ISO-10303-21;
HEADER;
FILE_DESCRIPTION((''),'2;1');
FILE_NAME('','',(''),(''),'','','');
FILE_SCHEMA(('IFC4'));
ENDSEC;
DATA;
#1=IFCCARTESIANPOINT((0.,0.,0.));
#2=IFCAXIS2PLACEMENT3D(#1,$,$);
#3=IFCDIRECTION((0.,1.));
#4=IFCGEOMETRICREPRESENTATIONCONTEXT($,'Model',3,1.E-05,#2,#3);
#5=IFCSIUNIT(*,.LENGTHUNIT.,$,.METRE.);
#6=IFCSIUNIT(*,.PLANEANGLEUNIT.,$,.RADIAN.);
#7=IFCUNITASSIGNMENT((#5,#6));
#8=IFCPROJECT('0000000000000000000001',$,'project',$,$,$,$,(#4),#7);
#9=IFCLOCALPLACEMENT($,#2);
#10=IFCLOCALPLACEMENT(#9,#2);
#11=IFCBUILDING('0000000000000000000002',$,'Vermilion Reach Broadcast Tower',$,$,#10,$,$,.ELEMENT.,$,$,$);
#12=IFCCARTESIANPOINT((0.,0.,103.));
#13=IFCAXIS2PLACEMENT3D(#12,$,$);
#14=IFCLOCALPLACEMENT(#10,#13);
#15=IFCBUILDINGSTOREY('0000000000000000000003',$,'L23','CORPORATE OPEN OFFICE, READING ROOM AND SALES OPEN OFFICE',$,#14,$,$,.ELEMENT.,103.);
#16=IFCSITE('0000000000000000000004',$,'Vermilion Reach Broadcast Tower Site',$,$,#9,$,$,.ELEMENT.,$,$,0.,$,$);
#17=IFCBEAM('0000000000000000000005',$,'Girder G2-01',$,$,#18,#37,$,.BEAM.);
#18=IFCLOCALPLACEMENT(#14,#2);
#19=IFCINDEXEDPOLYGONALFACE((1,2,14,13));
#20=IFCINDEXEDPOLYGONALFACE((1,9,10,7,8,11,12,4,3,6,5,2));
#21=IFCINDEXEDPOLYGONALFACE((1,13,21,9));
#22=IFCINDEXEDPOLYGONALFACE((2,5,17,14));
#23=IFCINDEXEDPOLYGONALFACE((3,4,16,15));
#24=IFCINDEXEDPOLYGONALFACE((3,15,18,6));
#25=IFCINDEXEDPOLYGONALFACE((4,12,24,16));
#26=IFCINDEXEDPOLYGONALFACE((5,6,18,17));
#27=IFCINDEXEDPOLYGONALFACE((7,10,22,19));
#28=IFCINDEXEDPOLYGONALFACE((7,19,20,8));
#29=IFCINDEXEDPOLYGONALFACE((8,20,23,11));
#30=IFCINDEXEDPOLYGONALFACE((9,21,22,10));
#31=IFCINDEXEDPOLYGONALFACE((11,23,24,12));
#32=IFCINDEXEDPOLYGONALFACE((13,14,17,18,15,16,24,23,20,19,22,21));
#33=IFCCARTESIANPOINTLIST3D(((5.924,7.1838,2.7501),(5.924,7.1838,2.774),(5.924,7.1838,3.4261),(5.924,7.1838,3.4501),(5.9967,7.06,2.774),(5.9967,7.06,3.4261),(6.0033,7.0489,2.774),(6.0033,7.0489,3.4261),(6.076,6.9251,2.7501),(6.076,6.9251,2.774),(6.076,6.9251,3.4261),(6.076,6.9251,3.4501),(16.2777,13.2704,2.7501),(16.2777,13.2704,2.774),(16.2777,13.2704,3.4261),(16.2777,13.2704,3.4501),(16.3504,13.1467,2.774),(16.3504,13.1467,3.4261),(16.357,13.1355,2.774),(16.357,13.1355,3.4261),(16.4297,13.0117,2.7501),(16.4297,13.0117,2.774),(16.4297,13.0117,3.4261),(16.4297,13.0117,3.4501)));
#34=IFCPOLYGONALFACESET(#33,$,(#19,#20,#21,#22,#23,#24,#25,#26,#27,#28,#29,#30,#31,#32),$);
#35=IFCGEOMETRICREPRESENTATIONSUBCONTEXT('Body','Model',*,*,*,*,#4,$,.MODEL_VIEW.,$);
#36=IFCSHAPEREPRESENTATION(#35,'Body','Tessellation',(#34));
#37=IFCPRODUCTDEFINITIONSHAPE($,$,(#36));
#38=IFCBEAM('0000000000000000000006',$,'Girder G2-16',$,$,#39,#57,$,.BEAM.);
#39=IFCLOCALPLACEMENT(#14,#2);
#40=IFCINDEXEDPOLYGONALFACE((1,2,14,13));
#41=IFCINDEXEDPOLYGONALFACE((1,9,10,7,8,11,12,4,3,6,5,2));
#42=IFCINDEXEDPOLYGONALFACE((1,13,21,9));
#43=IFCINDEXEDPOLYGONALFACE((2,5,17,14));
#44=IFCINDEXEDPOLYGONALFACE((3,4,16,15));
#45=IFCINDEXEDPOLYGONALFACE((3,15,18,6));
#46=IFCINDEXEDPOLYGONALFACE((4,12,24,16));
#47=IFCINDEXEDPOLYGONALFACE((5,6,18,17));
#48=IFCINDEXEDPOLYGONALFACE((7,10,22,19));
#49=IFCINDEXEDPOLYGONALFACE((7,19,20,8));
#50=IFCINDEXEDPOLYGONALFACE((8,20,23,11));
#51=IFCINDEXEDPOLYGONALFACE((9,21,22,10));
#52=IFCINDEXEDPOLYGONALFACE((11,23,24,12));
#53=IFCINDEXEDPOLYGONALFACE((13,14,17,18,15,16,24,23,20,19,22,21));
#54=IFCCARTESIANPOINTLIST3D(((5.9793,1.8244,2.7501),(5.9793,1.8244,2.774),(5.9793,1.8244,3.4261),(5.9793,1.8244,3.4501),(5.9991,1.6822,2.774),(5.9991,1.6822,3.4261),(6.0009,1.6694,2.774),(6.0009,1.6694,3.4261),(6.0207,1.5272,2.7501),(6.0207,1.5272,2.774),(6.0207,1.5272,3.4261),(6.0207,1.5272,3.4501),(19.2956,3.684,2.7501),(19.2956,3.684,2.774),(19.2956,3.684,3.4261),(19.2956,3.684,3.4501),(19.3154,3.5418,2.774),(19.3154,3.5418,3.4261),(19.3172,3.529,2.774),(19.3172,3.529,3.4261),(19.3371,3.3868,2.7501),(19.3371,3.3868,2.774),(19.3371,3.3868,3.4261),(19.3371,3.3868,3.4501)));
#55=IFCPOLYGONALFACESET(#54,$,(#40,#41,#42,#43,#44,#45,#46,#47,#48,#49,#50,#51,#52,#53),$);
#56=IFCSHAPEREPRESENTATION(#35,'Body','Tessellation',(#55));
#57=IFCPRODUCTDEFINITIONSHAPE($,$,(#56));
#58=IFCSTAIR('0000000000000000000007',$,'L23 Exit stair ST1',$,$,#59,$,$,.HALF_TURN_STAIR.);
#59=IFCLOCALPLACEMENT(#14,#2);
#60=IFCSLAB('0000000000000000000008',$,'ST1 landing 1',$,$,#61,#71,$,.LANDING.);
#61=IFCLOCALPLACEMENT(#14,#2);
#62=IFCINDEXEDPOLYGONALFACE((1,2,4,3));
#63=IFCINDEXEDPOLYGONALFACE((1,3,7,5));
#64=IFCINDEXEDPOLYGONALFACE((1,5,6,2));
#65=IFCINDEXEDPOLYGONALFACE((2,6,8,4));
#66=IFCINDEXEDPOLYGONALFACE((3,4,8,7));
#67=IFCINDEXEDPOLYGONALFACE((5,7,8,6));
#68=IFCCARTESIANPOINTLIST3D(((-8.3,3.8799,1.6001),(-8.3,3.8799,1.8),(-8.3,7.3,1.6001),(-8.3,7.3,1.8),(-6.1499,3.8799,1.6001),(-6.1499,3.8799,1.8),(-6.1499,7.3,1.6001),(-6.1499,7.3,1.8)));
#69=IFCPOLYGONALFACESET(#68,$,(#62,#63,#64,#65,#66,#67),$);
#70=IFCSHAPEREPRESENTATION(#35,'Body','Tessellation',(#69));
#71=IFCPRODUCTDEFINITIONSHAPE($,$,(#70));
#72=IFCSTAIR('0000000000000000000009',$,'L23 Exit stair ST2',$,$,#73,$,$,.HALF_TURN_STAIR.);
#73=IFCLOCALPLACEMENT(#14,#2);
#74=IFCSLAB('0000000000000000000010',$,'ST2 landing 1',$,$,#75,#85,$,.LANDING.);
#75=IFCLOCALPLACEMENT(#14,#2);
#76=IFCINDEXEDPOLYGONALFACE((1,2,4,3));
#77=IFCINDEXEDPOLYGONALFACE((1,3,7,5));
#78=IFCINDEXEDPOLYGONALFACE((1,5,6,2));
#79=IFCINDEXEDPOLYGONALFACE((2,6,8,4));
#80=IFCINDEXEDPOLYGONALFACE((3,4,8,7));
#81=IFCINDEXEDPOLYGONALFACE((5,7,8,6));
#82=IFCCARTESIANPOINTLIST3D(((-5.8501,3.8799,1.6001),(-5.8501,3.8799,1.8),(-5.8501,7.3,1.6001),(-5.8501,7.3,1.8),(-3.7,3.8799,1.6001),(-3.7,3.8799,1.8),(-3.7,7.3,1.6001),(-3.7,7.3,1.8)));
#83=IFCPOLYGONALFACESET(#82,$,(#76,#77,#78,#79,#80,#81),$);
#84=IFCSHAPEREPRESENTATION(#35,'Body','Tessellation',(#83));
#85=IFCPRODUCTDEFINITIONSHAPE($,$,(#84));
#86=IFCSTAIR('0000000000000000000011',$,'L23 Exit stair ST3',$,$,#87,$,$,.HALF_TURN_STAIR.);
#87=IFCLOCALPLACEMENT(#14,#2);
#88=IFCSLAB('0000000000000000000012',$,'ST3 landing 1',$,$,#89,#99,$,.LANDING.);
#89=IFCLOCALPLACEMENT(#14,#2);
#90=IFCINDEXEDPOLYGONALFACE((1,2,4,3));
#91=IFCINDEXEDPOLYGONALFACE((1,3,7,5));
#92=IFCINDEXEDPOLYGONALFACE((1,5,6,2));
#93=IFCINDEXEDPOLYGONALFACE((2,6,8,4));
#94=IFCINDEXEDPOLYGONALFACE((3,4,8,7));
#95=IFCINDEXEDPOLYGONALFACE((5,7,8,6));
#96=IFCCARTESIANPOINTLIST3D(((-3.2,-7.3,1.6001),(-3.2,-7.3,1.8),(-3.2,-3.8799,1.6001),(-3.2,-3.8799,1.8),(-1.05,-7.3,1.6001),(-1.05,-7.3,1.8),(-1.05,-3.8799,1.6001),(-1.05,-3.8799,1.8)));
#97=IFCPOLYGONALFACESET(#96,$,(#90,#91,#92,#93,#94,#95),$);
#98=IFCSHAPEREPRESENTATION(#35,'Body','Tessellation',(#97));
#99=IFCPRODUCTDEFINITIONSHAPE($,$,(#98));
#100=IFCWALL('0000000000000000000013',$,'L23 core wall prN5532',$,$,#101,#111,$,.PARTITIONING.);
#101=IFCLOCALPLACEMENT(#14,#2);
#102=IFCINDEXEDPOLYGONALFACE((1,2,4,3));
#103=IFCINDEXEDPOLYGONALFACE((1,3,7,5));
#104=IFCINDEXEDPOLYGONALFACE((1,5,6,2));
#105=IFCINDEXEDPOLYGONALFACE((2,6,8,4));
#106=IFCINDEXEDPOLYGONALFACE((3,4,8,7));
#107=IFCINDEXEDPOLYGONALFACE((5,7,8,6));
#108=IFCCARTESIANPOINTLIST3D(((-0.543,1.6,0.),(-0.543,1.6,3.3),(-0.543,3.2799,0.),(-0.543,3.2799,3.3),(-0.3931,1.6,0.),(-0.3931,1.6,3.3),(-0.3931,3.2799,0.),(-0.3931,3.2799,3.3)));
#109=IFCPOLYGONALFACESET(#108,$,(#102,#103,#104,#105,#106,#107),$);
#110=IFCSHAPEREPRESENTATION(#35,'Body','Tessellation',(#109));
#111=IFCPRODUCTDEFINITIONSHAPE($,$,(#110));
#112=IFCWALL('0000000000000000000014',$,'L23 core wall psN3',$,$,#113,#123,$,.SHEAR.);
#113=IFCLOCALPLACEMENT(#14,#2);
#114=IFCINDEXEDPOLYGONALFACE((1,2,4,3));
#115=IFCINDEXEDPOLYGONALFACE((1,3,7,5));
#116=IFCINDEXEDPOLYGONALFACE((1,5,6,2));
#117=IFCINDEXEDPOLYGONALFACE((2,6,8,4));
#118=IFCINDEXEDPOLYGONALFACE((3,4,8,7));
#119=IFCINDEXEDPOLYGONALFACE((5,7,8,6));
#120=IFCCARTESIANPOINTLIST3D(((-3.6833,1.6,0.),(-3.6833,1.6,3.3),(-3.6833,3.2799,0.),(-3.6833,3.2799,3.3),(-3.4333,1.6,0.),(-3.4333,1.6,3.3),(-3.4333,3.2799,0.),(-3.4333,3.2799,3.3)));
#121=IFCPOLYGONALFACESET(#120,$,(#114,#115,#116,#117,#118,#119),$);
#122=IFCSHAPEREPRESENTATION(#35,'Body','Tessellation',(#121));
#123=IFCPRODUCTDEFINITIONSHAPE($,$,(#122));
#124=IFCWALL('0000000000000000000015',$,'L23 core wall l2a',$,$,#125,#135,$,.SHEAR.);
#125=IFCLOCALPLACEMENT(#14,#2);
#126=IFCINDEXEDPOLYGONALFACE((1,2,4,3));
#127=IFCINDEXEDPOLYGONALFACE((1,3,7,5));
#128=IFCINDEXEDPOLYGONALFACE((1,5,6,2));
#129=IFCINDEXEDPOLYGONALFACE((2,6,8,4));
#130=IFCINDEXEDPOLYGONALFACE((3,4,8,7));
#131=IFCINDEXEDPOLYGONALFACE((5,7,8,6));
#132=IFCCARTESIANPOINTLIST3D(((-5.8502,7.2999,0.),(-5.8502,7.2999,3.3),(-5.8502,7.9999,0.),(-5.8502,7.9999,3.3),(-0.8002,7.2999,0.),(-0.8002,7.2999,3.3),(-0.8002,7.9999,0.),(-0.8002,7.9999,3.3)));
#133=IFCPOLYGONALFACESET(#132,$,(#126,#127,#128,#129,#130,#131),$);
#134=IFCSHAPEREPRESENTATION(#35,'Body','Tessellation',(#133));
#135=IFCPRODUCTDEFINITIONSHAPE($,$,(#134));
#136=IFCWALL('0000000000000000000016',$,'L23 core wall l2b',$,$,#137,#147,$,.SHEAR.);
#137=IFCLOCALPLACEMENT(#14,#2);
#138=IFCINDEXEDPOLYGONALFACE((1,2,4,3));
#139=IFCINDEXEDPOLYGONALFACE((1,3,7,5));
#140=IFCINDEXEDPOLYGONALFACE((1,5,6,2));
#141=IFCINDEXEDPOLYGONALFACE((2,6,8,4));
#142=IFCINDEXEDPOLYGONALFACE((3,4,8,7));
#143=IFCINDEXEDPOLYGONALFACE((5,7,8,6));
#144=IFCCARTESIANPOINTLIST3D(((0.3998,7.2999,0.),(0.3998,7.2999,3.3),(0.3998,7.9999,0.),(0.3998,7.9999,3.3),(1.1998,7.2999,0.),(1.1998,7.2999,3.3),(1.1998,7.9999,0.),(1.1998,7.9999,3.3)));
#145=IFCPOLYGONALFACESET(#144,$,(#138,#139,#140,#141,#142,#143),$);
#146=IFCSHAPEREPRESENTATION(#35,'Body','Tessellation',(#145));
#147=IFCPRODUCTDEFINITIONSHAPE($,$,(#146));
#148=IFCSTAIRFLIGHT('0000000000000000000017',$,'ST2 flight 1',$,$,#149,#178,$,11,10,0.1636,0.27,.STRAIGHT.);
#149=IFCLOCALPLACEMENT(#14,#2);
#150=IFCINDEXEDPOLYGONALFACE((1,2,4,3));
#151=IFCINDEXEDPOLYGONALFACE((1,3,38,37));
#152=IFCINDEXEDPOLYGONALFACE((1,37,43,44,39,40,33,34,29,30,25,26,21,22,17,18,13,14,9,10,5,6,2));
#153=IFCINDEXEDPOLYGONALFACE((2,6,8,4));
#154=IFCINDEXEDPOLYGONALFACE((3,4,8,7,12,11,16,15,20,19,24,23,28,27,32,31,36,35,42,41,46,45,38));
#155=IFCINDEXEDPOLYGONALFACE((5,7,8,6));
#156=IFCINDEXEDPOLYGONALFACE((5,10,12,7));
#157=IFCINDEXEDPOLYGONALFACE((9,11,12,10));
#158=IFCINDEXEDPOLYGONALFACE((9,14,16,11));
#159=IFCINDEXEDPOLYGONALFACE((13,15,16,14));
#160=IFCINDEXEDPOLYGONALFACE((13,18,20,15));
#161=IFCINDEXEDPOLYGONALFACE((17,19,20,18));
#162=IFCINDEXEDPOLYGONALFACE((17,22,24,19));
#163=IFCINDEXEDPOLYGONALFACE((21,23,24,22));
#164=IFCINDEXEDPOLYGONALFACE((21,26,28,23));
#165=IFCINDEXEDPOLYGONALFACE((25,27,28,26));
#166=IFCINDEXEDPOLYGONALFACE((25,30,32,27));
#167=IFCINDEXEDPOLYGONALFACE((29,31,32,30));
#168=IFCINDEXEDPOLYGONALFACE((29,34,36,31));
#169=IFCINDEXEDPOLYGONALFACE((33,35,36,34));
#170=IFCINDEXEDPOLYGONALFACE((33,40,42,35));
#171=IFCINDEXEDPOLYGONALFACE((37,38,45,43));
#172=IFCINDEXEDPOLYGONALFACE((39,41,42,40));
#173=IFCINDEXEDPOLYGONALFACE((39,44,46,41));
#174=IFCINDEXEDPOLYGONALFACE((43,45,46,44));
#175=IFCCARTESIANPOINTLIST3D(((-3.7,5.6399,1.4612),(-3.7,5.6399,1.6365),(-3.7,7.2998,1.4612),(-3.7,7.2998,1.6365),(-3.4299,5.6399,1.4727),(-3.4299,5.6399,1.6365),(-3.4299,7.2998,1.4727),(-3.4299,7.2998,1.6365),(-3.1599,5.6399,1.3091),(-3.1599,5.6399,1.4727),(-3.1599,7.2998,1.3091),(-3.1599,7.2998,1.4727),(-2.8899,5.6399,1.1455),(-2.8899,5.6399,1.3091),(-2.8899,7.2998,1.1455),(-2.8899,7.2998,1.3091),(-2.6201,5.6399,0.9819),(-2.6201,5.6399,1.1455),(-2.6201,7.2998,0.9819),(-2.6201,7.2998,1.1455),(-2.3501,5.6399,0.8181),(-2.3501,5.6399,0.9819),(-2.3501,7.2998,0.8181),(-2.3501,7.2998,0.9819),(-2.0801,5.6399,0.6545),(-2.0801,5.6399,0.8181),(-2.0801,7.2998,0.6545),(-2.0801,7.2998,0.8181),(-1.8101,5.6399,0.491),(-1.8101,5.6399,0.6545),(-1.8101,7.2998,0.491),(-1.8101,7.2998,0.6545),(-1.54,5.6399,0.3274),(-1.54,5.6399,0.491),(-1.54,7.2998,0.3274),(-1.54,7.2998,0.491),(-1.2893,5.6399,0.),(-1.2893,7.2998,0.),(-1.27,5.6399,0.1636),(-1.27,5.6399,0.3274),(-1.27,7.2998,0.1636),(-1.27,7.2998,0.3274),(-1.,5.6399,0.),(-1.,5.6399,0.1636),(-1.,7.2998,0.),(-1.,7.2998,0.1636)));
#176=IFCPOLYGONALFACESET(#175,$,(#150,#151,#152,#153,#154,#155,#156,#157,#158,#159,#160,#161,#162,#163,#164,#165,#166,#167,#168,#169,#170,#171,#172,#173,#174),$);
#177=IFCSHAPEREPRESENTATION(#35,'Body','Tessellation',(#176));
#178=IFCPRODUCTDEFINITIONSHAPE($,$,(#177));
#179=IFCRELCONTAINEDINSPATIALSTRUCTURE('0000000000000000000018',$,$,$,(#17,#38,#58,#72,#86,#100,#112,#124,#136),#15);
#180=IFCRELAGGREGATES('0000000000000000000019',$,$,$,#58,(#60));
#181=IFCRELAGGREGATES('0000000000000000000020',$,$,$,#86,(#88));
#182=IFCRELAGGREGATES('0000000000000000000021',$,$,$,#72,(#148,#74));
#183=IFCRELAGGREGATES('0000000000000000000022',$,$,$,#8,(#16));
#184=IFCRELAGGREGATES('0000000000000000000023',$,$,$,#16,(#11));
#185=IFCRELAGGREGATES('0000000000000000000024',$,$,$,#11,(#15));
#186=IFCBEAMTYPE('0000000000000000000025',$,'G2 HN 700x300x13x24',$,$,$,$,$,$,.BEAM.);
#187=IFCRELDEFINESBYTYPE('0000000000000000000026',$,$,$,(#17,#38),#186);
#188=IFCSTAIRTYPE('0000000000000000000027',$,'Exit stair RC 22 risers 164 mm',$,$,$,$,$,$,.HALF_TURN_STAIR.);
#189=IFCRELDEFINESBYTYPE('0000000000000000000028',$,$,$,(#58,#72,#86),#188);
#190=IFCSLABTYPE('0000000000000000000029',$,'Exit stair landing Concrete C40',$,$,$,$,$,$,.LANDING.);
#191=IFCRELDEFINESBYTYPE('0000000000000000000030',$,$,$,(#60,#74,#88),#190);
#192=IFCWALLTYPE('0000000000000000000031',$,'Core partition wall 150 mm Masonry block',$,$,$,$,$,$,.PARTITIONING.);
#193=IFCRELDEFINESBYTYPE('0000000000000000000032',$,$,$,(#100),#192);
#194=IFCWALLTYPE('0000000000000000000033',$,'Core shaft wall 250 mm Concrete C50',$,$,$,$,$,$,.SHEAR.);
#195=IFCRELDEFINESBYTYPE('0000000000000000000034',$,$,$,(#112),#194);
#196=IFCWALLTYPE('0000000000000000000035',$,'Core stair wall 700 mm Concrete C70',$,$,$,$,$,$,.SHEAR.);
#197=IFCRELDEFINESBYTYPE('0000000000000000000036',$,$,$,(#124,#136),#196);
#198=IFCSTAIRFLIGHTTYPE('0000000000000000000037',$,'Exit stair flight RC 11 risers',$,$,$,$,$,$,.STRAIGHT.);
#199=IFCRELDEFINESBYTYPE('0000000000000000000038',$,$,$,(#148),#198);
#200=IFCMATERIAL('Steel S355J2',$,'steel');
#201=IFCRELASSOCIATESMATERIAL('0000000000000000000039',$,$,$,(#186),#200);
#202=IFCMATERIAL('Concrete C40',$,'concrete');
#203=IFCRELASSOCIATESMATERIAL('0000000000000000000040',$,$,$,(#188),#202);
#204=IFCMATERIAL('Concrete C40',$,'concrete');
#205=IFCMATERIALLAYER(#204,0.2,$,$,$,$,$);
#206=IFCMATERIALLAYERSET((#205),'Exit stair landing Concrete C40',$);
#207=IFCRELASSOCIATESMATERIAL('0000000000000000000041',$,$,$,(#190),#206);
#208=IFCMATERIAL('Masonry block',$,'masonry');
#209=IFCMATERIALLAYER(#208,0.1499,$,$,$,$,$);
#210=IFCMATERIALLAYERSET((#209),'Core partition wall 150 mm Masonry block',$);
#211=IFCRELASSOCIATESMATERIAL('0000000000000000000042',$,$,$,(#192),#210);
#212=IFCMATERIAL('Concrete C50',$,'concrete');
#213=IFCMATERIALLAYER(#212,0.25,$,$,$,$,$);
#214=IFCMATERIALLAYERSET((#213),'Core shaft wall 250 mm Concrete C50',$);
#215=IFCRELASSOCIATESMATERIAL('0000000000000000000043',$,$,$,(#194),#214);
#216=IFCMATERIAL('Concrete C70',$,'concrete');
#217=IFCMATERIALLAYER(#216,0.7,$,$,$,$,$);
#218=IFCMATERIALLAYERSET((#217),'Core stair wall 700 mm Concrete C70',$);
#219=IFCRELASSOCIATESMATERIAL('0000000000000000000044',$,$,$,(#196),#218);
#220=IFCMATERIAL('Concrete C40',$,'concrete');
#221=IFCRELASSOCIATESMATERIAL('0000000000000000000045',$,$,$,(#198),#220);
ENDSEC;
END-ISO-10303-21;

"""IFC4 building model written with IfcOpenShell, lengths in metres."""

from ifc_helpers import new_model, si_unit, direction, frame, frame_2d, origin, origin_2d, place, context, subcontext, project, spatial, polyline, rectangle, i_section, outline, extrude, material, layer, layer_set, material_profile, profile_set, type_object, element, aggregate, save


model = new_model("IFC4")

# Units and contexts
model_context = context("Model", 3, precision=1e-05, world=origin(), true_north=direction((0.0, 1.0)))
body_context = subcontext(model_context, "Body", "Model", "MODEL_VIEW")
ifc_project = project(units=[si_unit("LENGTHUNIT", "METRE"), si_unit("PLANEANGLEUNIT", "RADIAN")], contexts=[model_context])

# Site, building, storey
site_placement = place(None, origin())
site = spatial("IfcSite", under=ifc_project, at=site_placement, Name="Vermilion Reach Broadcast Tower Site", CompositionType="ELEMENT", RefElevation=0.0)
building_placement = place(site_placement, origin())
building = spatial("IfcBuilding", under=site, at=building_placement, Name="Vermilion Reach Broadcast Tower", CompositionType="ELEMENT")
storey_placement = place(building_placement, frame((0.0, 0.0, 103.0)))
storey = spatial("IfcBuildingStorey", under=building, at=storey_placement, Name="L23", Description="CORPORATE OPEN OFFICE, READING ROOM AND SALES OPEN OFFICE", CompositionType="ELEMENT", Elevation=103.0)

# Beams
ifc_material_1 = material(Name="Steel S355J2", Category="steel")
ifc_material_profile = material_profile(ifc_material_1, i_section(OverallWidth=0.3, OverallDepth=0.7, WebThickness=0.0129, FlangeThickness=0.0239, at=origin_2d()), Name="S355J2 HN 700x300x13x24")
ifc_profile_set = profile_set([ifc_material_profile], Name="Steel S355J2")
beam_type = type_object("IfcBeamType", Name="G2 HN 700x300x13x24", PredefinedType="BEAM", material=ifc_profile_set)
beam_1_placement = place(storey_placement, frame((6.0, 7.0544, 3.1001), z_axis=(0.862072, 0.506786, 0.0), x_axis=(-0.506786, 0.862072, 0.0)))
element("IfcBeam", 1, at=beam_1_placement, inside=storey, type_object=beam_type, Name="Girder G2-01", PredefinedType="BEAM", context=body_context, shape_type="SweptSolid", body=[
    extrude(i_section(OverallWidth=0.3, OverallDepth=0.7, WebThickness=0.0129, FlangeThickness=0.0239, at=origin_2d()), origin(), (0.0, 0.0, 1.0), 12.0103),
])
beam_2_placement = place(storey_placement, frame((6.0, 1.6758, 3.1001), z_axis=(0.990389, 0.138307, 0.0), x_axis=(-0.138307, 0.990389, 0.0)))
element("IfcBeam", 2, at=beam_2_placement, inside=storey, type_object=beam_type, Name="Girder G2-16", PredefinedType="BEAM", context=body_context, shape_type="SweptSolid", body=[
    extrude(i_section(OverallWidth=0.3, OverallDepth=0.7, WebThickness=0.0129, FlangeThickness=0.0239, at=origin_2d()), origin(), (0.0, 0.0, 1.0), 13.4456),
])

# Stairs, slabs
ifc_material_2 = material(Name="Concrete C40", Category="concrete")
stair_type = type_object("IfcStairType", Name="Exit stair RC 22 risers 164 mm", PredefinedType="HALF_TURN_STAIR", material=ifc_material_2)
placement_1 = place(storey_placement, origin())
stair_1 = element("IfcStair", 3, at=placement_1, inside=storey, type_object=stair_type, Name="L23 Exit stair ST1", PredefinedType="HALF_TURN_STAIR")
ifc_material_3 = material(Name="Concrete C40", Category="concrete")
ifc_layer_1 = layer(ifc_material_3, 0.2)
ifc_layer_set_1 = layer_set([ifc_layer_1], Name="Exit stair landing Concrete C40")
slab_type = type_object("IfcSlabType", Name="Exit stair landing Concrete C40", PredefinedType="LANDING", material=ifc_layer_set_1)
placement_2 = place(storey_placement, frame((0.0, 0.0, 1.6001)))
slab_1 = element("IfcSlab", 4, at=placement_2, type_object=slab_type, Name="ST1 landing 1", PredefinedType="LANDING", context=body_context, shape_type="SweptSolid", body=[
    extrude(outline(polyline([(-8.3, 3.8799), (-6.1499, 3.8799), (-6.1499, 7.3), (-8.3, 7.3), (-8.3, 3.8799)])), origin(), (0.0, 0.0, 1.0), 0.2),
])
aggregate(stair_1, [slab_1])
stair_2 = element("IfcStair", 5, at=placement_1, inside=storey, type_object=stair_type, Name="L23 Exit stair ST2", PredefinedType="HALF_TURN_STAIR")
slab_2 = element("IfcSlab", 6, at=placement_2, type_object=slab_type, Name="ST2 landing 1", PredefinedType="LANDING", context=body_context, shape_type="SweptSolid", body=[
    extrude(outline(polyline([(-3.7, 7.3), (-5.8501, 7.3), (-5.8501, 3.8799), (-3.7, 3.8799), (-3.7, 7.3)])), origin(), (0.0, 0.0, 1.0), 0.2),
])
stair_3 = element("IfcStair", 7, at=placement_1, inside=storey, type_object=stair_type, Name="L23 Exit stair ST3", PredefinedType="HALF_TURN_STAIR")
slab_3 = element("IfcSlab", 8, at=placement_2, type_object=slab_type, Name="ST3 landing 1", PredefinedType="LANDING", context=body_context, shape_type="SweptSolid", body=[
    extrude(outline(polyline([(-3.2, -7.3), (-1.05, -7.3), (-1.05, -3.8799), (-3.2, -3.8799), (-3.2, -7.3)])), origin(), (0.0, 0.0, 1.0), 0.2),
])
aggregate(stair_3, [slab_3])

# Walls
ifc_material_4 = material(Name="Masonry block", Category="masonry")
ifc_layer_2 = layer(ifc_material_4, 0.1499)
ifc_layer_set_2 = layer_set([ifc_layer_2], Name="Core partition wall 150 mm Masonry block")
wall_type_1 = type_object("IfcWallType", Name="Core partition wall 150 mm Masonry block", PredefinedType="PARTITIONING", material=ifc_layer_set_2)
wall_1_placement = place(storey_placement, frame((-0.468, 1.6001, 0.0), z_axis=(0.0, 0.0, 1.0), x_axis=(0.0, 1.0, 0.0)))
element("IfcWall", 9, at=wall_1_placement, inside=storey, type_object=wall_type_1, Name="L23 core wall prN5532", PredefinedType="PARTITIONING", context=body_context, shape_type="SweptSolid", body=[
    extrude(rectangle(XDim=1.6799, YDim=0.1499, at=frame_2d((0.8398, 0.0))), origin(), (0.0, 0.0, 1.0), 3.3),
])
ifc_material_5 = material(Name="Concrete C50", Category="concrete")
ifc_layer_3 = layer(ifc_material_5, 0.25)
ifc_layer_set_3 = layer_set([ifc_layer_3], Name="Core shaft wall 250 mm Concrete C50")
wall_type_2 = type_object("IfcWallType", Name="Core shaft wall 250 mm Concrete C50", PredefinedType="SHEAR", material=ifc_layer_set_3)
wall_2_placement = place(storey_placement, frame((-3.5583, 1.6001, 0.0), z_axis=(0.0, 0.0, 1.0), x_axis=(0.0, 1.0, 0.0)))
element("IfcWall", 10, at=wall_2_placement, inside=storey, type_object=wall_type_2, Name="L23 core wall psN3", PredefinedType="SHEAR", context=body_context, shape_type="SweptSolid", body=[
    extrude(rectangle(XDim=1.6799, YDim=0.25, at=frame_2d((0.8398, 0.0))), origin(), (0.0, 0.0, 1.0), 3.3),
])
ifc_material_6 = material(Name="Concrete C70", Category="concrete")
ifc_layer_4 = layer(ifc_material_6, 0.7)
ifc_layer_set_4 = layer_set([ifc_layer_4], Name="Core stair wall 700 mm Concrete C70")
wall_type_3 = type_object("IfcWallType", Name="Core stair wall 700 mm Concrete C70", PredefinedType="SHEAR", material=ifc_layer_set_4)
wall_3_placement = place(storey_placement, frame((-5.8501, 7.6499, 0.0), z_axis=(0.0, 0.0, 1.0), x_axis=(1.0, 0.0, 0.0)))
element("IfcWall", 11, at=wall_3_placement, inside=storey, type_object=wall_type_3, Name="L23 core wall l2a", PredefinedType="SHEAR", context=body_context, shape_type="SweptSolid", body=[
    extrude(rectangle(XDim=5.05, YDim=0.7, at=frame_2d((2.5249, 0.0))), origin(), (0.0, 0.0, 1.0), 3.3),
])
wall_4_placement = place(storey_placement, frame((0.3999, 7.6499, 0.0), z_axis=(0.0, 0.0, 1.0), x_axis=(1.0, 0.0, 0.0)))
element("IfcWall", 12, at=wall_4_placement, inside=storey, type_object=wall_type_3, Name="L23 core wall l2b", PredefinedType="SHEAR", context=body_context, shape_type="SweptSolid", body=[
    extrude(rectangle(XDim=0.8, YDim=0.7, at=frame_2d((0.3999, 0.0))), origin(), (0.0, 0.0, 1.0), 3.3),
])

# Stair flight
ifc_material_7 = material(Name="Concrete C40", Category="concrete")
stair_flight_type = type_object("IfcStairFlightType", Name="Exit stair flight RC 11 risers", PredefinedType="STRAIGHT", material=ifc_material_7)
stair_flight_1_placement = place(storey_placement, frame((-1.0, 6.47, 0.0), z_axis=(0.0, 0.0, 1.0), x_axis=(-1.0, 0.0, 0.0)))
stair_flight_1 = element("IfcStairFlight", 13, at=stair_flight_1_placement, type_object=stair_flight_type, Name="ST2 flight 1", NumberOfRisers=11, NumberOfTreads=10, PredefinedType="STRAIGHT", RiserHeight=0.1636, TreadLength=0.27, context=body_context, shape_type="SweptSolid", body=[
    extrude(outline(polyline([(0.0, 0.0), (0.0, 0.1636), (0.27, 0.1636), (0.27, 0.3274), (0.54, 0.3274), (0.54, 0.491), (0.8101, 0.491), (0.8101, 0.6545), (1.0801, 0.6545), (1.0801, 0.8181), (1.3501, 0.8181), (1.3501, 0.9819), (1.6201, 0.9819), (1.6201, 1.1455), (1.8899, 1.1455), (1.8899, 1.3091), (2.1599, 1.3091), (2.1599, 1.4727), (2.4299, 1.4727), (2.4299, 1.6365), (2.7, 1.6365), (2.7, 1.8), (2.7, 1.4612), (0.2893, 0.0), (0.0, 0.0)])), frame((0.0, 0.8301, 0.0), z_axis=(0.0, -1.0, 0.0), x_axis=(1.0, 0.0, 0.0)), (0.0, 0.0, 1.0), 1.6599),
])
aggregate(stair_2, [stair_flight_1, slab_2])

save(model, "model.ifc")
